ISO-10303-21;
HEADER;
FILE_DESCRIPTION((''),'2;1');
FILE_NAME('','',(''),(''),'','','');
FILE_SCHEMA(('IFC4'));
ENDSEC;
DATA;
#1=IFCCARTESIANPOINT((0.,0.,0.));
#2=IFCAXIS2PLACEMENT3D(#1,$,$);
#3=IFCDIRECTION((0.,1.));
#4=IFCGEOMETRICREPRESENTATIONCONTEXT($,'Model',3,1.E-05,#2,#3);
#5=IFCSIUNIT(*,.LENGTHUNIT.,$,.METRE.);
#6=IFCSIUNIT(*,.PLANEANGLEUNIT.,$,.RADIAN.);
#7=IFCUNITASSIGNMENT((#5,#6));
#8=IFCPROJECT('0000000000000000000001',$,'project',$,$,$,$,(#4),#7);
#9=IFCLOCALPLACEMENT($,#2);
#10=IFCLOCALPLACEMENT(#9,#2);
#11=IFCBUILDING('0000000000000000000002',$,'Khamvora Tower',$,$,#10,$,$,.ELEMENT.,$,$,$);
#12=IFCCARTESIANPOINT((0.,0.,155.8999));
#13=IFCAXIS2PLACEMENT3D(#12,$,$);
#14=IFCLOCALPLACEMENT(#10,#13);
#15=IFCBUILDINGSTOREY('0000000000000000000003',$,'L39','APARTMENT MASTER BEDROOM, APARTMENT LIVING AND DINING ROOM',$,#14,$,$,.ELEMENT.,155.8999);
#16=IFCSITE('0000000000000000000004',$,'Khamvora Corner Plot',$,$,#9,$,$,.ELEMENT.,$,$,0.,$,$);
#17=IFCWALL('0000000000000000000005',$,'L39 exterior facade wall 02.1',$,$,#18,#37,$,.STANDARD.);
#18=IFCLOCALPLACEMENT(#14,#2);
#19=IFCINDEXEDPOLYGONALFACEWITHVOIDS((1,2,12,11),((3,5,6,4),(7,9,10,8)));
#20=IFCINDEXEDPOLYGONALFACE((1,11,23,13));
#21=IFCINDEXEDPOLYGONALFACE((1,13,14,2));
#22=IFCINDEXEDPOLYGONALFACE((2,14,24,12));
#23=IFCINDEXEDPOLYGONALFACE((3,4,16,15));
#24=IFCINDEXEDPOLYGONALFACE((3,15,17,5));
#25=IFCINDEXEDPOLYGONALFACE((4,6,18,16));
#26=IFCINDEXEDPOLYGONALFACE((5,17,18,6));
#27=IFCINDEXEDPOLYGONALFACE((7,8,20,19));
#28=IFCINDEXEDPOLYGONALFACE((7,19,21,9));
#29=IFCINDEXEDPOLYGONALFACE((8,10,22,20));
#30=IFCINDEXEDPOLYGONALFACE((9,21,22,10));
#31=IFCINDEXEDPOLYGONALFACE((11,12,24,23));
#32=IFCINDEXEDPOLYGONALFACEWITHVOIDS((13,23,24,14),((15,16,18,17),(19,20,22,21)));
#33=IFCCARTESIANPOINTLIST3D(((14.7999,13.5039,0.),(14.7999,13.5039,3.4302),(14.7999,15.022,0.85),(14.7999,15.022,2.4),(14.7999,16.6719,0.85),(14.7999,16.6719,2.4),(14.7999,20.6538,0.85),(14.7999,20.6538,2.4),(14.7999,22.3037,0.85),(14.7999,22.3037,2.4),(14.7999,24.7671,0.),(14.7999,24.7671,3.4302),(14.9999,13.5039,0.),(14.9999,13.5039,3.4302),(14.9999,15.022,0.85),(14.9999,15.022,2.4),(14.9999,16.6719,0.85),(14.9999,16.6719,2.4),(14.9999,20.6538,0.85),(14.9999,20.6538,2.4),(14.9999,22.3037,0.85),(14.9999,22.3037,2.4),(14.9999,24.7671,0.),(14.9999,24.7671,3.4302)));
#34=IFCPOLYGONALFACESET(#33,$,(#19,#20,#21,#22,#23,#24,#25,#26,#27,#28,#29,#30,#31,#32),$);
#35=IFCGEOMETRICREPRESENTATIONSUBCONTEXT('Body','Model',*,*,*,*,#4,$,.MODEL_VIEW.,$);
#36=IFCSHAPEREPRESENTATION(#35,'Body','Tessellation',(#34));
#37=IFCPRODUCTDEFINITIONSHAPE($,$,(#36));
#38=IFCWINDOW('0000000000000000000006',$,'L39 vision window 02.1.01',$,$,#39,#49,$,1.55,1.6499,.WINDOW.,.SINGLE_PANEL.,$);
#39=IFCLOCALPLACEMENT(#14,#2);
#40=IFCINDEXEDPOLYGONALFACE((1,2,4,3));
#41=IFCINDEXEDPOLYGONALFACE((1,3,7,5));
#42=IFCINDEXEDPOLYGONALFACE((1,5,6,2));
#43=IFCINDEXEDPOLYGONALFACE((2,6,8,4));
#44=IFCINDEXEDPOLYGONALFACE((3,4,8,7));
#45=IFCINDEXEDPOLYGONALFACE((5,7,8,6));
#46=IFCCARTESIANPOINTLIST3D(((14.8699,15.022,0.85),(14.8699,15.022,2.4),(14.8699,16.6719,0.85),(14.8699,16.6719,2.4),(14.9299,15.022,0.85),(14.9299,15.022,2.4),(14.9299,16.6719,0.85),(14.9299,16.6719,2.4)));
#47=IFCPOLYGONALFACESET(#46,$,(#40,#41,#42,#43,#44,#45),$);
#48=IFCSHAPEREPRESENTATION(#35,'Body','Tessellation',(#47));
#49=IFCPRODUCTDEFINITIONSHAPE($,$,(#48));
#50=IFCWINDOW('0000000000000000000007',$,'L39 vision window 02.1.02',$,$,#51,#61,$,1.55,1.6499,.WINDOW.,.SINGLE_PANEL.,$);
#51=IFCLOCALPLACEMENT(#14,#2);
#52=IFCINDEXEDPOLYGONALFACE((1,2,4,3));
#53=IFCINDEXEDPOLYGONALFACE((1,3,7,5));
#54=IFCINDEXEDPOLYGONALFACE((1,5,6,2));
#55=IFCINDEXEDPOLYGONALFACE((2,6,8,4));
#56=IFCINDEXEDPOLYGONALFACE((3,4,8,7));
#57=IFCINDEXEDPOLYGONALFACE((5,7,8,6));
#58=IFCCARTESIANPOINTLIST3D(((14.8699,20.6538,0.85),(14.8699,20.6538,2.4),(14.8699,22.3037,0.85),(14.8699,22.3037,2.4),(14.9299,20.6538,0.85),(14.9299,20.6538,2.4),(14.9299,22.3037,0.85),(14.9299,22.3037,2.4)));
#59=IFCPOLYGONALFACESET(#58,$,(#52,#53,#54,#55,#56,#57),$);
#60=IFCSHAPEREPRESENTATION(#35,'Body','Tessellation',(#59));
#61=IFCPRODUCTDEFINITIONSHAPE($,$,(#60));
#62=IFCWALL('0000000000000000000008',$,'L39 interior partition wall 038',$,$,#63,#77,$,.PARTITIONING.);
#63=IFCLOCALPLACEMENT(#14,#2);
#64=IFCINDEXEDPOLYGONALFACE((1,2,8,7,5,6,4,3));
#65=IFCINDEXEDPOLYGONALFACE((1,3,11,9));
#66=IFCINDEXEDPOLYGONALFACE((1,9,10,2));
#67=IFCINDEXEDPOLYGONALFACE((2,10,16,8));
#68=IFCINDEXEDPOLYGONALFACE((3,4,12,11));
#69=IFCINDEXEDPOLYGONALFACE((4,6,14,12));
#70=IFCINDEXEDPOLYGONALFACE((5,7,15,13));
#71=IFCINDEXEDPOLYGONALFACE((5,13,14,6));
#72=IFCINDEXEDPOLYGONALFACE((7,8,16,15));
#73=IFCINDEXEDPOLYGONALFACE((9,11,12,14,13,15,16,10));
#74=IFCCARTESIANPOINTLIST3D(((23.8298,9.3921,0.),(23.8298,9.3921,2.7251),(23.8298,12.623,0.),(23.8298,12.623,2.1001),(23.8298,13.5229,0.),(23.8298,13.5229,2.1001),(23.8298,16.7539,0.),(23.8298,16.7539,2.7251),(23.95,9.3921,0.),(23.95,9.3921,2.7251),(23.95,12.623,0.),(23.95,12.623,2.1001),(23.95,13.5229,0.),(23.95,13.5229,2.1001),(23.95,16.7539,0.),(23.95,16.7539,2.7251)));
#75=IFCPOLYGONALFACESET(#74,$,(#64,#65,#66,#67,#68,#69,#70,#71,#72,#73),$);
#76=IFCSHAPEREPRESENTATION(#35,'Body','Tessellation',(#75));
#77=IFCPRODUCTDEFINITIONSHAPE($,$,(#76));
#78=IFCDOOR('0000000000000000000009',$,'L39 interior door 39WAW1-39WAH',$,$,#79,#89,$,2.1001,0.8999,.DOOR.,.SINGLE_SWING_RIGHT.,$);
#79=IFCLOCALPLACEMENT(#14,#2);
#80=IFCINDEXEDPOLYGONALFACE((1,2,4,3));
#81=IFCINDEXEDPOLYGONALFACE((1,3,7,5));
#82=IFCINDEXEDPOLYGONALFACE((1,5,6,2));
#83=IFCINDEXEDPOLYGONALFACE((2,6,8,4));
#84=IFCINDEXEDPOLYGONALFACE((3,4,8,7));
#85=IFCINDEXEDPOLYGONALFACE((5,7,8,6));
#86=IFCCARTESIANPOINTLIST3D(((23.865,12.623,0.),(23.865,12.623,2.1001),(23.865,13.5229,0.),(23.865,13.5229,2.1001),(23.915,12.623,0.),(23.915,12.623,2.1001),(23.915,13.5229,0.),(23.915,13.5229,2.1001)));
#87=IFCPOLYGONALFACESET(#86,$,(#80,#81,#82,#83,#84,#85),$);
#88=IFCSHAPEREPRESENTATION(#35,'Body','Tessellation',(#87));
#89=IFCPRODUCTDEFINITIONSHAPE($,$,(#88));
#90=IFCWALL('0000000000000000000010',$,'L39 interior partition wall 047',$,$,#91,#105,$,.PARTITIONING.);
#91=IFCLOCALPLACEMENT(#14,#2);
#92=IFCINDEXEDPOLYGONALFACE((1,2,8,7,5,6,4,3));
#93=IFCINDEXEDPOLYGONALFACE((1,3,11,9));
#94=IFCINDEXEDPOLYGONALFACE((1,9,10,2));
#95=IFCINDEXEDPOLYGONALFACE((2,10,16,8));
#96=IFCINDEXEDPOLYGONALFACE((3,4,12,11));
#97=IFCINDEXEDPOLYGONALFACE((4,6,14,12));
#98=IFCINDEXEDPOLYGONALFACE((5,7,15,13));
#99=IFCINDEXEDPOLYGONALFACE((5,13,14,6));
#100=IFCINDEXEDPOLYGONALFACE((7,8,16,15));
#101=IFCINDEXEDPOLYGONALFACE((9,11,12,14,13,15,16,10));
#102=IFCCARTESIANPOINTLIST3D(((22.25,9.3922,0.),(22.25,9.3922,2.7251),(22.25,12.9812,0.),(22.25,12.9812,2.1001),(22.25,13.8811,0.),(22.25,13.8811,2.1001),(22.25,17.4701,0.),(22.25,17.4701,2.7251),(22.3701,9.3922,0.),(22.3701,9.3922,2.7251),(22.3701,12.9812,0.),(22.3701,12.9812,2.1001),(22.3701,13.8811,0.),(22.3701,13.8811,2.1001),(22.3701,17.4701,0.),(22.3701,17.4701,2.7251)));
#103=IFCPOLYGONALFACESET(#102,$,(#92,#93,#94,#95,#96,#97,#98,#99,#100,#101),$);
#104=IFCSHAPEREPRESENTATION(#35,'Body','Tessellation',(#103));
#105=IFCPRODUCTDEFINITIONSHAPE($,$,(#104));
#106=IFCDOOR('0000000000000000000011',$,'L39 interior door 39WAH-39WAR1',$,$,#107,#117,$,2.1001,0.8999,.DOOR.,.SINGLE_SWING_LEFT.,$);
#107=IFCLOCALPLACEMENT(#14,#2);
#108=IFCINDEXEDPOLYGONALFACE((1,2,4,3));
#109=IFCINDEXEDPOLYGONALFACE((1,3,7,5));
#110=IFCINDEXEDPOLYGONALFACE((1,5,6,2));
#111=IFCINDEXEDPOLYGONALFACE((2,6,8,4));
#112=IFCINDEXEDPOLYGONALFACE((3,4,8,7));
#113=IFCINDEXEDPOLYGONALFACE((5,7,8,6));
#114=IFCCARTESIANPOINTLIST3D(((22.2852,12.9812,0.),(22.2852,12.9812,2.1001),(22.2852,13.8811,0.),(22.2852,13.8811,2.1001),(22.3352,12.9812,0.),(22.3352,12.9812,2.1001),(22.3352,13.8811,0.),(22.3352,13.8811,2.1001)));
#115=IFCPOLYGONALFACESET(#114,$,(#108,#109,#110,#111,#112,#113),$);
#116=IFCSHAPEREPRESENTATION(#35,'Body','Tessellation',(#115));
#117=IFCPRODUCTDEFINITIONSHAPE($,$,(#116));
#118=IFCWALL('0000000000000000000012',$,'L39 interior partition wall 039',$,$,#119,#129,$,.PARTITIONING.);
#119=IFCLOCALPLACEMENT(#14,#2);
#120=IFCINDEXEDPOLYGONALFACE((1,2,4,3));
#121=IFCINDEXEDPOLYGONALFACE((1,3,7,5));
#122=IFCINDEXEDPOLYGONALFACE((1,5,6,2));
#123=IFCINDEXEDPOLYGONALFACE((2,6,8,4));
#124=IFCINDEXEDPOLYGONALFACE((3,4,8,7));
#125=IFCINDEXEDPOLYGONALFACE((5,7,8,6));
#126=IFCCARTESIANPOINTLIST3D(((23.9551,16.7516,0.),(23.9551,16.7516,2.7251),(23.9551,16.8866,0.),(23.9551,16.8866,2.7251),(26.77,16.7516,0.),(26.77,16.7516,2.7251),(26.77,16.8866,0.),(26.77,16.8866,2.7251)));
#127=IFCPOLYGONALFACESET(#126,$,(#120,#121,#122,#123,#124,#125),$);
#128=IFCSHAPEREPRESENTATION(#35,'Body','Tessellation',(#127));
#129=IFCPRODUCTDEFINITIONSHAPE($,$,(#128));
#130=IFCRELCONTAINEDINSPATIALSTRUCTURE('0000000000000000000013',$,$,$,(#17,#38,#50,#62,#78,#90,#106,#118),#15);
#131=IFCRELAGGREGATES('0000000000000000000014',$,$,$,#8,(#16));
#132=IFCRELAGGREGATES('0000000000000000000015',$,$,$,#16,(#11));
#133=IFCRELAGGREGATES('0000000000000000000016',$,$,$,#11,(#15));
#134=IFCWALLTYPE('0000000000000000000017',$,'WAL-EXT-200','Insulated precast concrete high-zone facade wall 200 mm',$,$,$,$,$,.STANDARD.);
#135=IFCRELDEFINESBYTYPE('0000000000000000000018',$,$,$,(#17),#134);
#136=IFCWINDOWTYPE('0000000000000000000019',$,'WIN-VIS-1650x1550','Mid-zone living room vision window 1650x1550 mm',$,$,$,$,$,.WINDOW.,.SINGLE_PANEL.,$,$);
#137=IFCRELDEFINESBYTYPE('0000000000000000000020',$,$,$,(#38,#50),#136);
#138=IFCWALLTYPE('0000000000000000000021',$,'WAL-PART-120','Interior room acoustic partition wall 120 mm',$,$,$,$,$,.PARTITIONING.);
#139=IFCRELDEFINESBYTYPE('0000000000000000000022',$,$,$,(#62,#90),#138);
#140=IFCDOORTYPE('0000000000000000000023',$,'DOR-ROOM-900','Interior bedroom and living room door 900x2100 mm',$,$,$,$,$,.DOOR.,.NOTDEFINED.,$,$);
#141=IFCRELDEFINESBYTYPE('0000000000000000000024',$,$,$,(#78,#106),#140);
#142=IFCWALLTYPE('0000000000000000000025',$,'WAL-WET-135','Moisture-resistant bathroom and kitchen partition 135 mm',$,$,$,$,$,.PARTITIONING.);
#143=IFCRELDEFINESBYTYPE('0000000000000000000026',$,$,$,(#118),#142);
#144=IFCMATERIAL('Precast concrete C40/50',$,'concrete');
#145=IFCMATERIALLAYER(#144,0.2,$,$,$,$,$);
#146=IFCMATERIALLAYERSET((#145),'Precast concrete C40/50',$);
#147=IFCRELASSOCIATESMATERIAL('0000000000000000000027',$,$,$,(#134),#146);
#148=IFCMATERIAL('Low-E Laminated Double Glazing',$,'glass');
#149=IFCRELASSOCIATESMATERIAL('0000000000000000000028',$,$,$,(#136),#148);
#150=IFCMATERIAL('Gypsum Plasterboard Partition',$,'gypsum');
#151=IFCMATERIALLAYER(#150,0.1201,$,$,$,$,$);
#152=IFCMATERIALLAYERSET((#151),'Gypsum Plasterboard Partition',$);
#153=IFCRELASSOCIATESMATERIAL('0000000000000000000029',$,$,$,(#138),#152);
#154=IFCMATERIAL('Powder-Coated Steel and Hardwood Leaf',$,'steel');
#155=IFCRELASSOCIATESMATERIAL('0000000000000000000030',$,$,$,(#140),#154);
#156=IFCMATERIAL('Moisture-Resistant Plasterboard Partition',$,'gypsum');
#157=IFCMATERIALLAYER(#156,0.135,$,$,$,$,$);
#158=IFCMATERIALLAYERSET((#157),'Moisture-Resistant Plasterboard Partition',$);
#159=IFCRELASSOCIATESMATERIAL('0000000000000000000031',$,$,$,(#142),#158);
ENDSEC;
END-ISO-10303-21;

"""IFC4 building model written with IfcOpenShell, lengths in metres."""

from ifc_helpers import new_model, si_unit, direction, frame, frame_2d, origin, place, context, subcontext, project, spatial, rectangle, extrude, material, layer, layer_set, type_object, element, fill, save


model = new_model("IFC4")

# Units and contexts
model_context = context("Model", 3, precision=1e-05, world=origin(), true_north=direction((0.0, 1.0)))
body_context = subcontext(model_context, "Body", "Model", "MODEL_VIEW")
ifc_project = project(units=[si_unit("LENGTHUNIT", "METRE"), si_unit("PLANEANGLEUNIT", "RADIAN")], contexts=[model_context])

# Site, building, storey
site_placement = place(None, origin())
site = spatial("IfcSite", under=ifc_project, at=site_placement, Name="Khamvora Corner Plot", CompositionType="ELEMENT", RefElevation=0.0)
building_placement = place(site_placement, origin())
building = spatial("IfcBuilding", under=site, at=building_placement, Name="Khamvora Tower", CompositionType="ELEMENT")
storey_placement = place(building_placement, frame((0.0, 0.0, 155.8999)))
storey = spatial("IfcBuildingStorey", under=building, at=storey_placement, Name="L39", Description="APARTMENT MASTER BEDROOM, APARTMENT LIVING AND DINING ROOM", CompositionType="ELEMENT", Elevation=155.8999)

# Shared definitions
ifc_material_1 = material(Name="Precast concrete C40/50", Category="concrete")
ifc_layer_1 = layer(ifc_material_1, 0.2)
ifc_layer_set_1 = layer_set([ifc_layer_1], Name="Precast concrete C40/50")
wall_type_1 = type_object("IfcWallType", Name="WAL-EXT-200", Description="Insulated precast concrete high-zone facade wall 200 mm", PredefinedType="STANDARD", material=ifc_layer_set_1)

# Wall, openings, windows
wall_1_placement = place(storey_placement, frame((14.8999, 13.5039, 0.0), z_axis=(0.0, 0.0, 1.0), x_axis=(0.0, 1.0, 0.0)))
wall_1 = element("IfcWall", 1, at=wall_1_placement, inside=storey, type_object=wall_type_1, Name="L39 exterior facade wall 02.1", PredefinedType="STANDARD", context=body_context, shape_type="SweptSolid", body=[
    extrude(rectangle(XDim=11.2632, YDim=0.2, at=frame_2d((5.6316, 0.0))), origin(), (0.0, 0.0, 1.0), 3.4302),
])
opening_1_placement = place(wall_1_placement, frame((1.5181, 0.0, 0.8501)))
opening_1 = element("IfcOpeningElement", 2, at=opening_1_placement, cuts=wall_1, PredefinedType="OPENING", context=body_context, shape_type="SweptSolid", body=[
    extrude(rectangle(XDim=1.6499, YDim=1.55, at=frame_2d((0.825, 0.7749))), frame((0.0, 0.1099, 0.0), z_axis=(0.0, -1.0, 0.0), x_axis=(1.0, 0.0, 0.0)), (0.0, 0.0, 1.0), 0.22),
])
opening_2_placement = place(wall_1_placement, frame((7.1499, 0.0, 0.8501)))
opening_2 = element("IfcOpeningElement", 3, at=opening_2_placement, cuts=wall_1, PredefinedType="OPENING", context=body_context, shape_type="SweptSolid", body=[
    extrude(rectangle(XDim=1.6499, YDim=1.55, at=frame_2d((0.825, 0.7749))), frame((0.0, 0.1099, 0.0), z_axis=(0.0, -1.0, 0.0), x_axis=(1.0, 0.0, 0.0)), (0.0, 0.0, 1.0), 0.22),
])
ifc_material_2 = material(Name="Low-E Laminated Double Glazing", Category="glass")
window_type = type_object("IfcWindowType", Name="WIN-VIS-1650x1550", Description="Mid-zone living room vision window 1650x1550 mm", PartitioningType="SINGLE_PANEL", PredefinedType="WINDOW", material=ifc_material_2)
window_1_placement = place(opening_1_placement, origin())
window_1 = element("IfcWindow", 4, at=window_1_placement, inside=storey, type_object=window_type, Name="L39 vision window 02.1.01", OverallHeight=1.55, OverallWidth=1.6499, PartitioningType="SINGLE_PANEL", PredefinedType="WINDOW", context=body_context, shape_type="SweptSolid", body=[
    extrude(rectangle(XDim=1.6499, YDim=1.55, at=frame_2d((0.825, 0.7749))), frame((0.0, 0.03, 0.0), z_axis=(0.0, -1.0, 0.0), x_axis=(1.0, 0.0, 0.0)), (0.0, 0.0, 1.0), 0.0601),
])
fill(opening_1, window_1)
window_2_placement = place(opening_2_placement, origin())
window_2 = element("IfcWindow", 5, at=window_2_placement, inside=storey, type_object=window_type, Name="L39 vision window 02.1.02", OverallHeight=1.55, OverallWidth=1.6499, PartitioningType="SINGLE_PANEL", PredefinedType="WINDOW", context=body_context, shape_type="SweptSolid", body=[
    extrude(rectangle(XDim=1.6499, YDim=1.55, at=frame_2d((0.825, 0.7749))), frame((0.0, 0.03, 0.0), z_axis=(0.0, -1.0, 0.0), x_axis=(1.0, 0.0, 0.0)), (0.0, 0.0, 1.0), 0.0601),
])
fill(opening_2, window_2)

# Walls, openings, doors
ifc_material_3 = material(Name="Gypsum Plasterboard Partition", Category="gypsum")
ifc_layer_2 = layer(ifc_material_3, 0.1201)
ifc_layer_set_2 = layer_set([ifc_layer_2], Name="Gypsum Plasterboard Partition")
wall_type_2 = type_object("IfcWallType", Name="WAL-PART-120", Description="Interior room acoustic partition wall 120 mm", PredefinedType="PARTITIONING", material=ifc_layer_set_2)
wall_2_placement = place(storey_placement, frame((23.8899, 9.3921, 0.0), z_axis=(0.0, 0.0, 1.0), x_axis=(0.0, 1.0, 0.0)))
wall_2 = element("IfcWall", 6, at=wall_2_placement, inside=storey, type_object=wall_type_2, Name="L39 interior partition wall 038", PredefinedType="PARTITIONING", context=body_context, shape_type="SweptSolid", body=[
    extrude(rectangle(XDim=7.3618, YDim=0.1201, at=frame_2d((3.6809, 0.0))), origin(), (0.0, 0.0, 1.0), 2.7251),
])
opening_3_placement = place(wall_2_placement, frame((3.231, 0.0, 0.0)))
opening_3 = element("IfcOpeningElement", 7, at=opening_3_placement, cuts=wall_2, PredefinedType="OPENING", context=body_context, shape_type="SweptSolid", body=[
    extrude(rectangle(XDim=0.8999, YDim=2.1001, at=frame_2d((0.45, 1.05))), frame((0.0, 0.0701, 0.0), z_axis=(0.0, -1.0, 0.0), x_axis=(1.0, 0.0, 0.0)), (0.0, 0.0, 1.0), 0.1401),
])
ifc_material_4 = material(Name="Powder-Coated Steel and Hardwood Leaf", Category="steel")
door_type = type_object("IfcDoorType", Name="DOR-ROOM-900", Description="Interior bedroom and living room door 900x2100 mm", OperationType="NOTDEFINED", PredefinedType="DOOR", material=ifc_material_4)
door_1_placement = place(opening_3_placement, origin())
door_1 = element("IfcDoor", 8, at=door_1_placement, inside=storey, type_object=door_type, Name="L39 interior door 39WAW1-39WAH", OperationType="SINGLE_SWING_RIGHT", OverallHeight=2.1001, OverallWidth=0.8999, PredefinedType="DOOR", context=body_context, shape_type="SweptSolid", body=[
    extrude(rectangle(XDim=0.8999, YDim=2.1001, at=frame_2d((0.45, 1.05))), frame((0.0, 0.0249, 0.0), z_axis=(0.0, -1.0, 0.0), x_axis=(1.0, 0.0, 0.0)), (0.0, 0.0, 1.0), 0.05),
])
fill(opening_3, door_1)
wall_3_placement = place(storey_placement, frame((22.3101, 9.3921, 0.0), z_axis=(0.0, 0.0, 1.0), x_axis=(0.0, 1.0, 0.0)))
wall_3 = element("IfcWall", 9, at=wall_3_placement, inside=storey, type_object=wall_type_2, Name="L39 interior partition wall 047", PredefinedType="PARTITIONING", context=body_context, shape_type="SweptSolid", body=[
    extrude(rectangle(XDim=8.0779, YDim=0.1201, at=frame_2d((4.0391, 0.0))), origin(), (0.0, 0.0, 1.0), 2.7251),
])
opening_4_placement = place(wall_3_placement, frame((3.5891, 0.0, 0.0)))
opening_4 = element("IfcOpeningElement", 10, at=opening_4_placement, cuts=wall_3, PredefinedType="OPENING", context=body_context, shape_type="SweptSolid", body=[
    extrude(rectangle(XDim=0.8999, YDim=2.1001, at=frame_2d((0.45, 1.05))), frame((0.0, 0.0701, 0.0), z_axis=(0.0, -1.0, 0.0), x_axis=(1.0, 0.0, 0.0)), (0.0, 0.0, 1.0), 0.1401),
])
door_2_placement = place(opening_4_placement, origin())
door_2 = element("IfcDoor", 11, at=door_2_placement, inside=storey, type_object=door_type, Name="L39 interior door 39WAH-39WAR1", OperationType="SINGLE_SWING_LEFT", OverallHeight=2.1001, OverallWidth=0.8999, PredefinedType="DOOR", context=body_context, shape_type="SweptSolid", body=[
    extrude(rectangle(XDim=0.8999, YDim=2.1001, at=frame_2d((0.45, 1.05))), frame((0.0, 0.0249, 0.0), z_axis=(0.0, -1.0, 0.0), x_axis=(1.0, 0.0, 0.0)), (0.0, 0.0, 1.0), 0.05),
])
fill(opening_4, door_2)

# Wall
ifc_material_5 = material(Name="Moisture-Resistant Plasterboard Partition", Category="gypsum")
ifc_layer_3 = layer(ifc_material_5, 0.135)
ifc_layer_set_3 = layer_set([ifc_layer_3], Name="Moisture-Resistant Plasterboard Partition")
wall_type_3 = type_object("IfcWallType", Name="WAL-WET-135", Description="Moisture-resistant bathroom and kitchen partition 135 mm", PredefinedType="PARTITIONING", material=ifc_layer_set_3)
wall_4_placement = place(storey_placement, frame((23.9551, 16.8191, 0.0), z_axis=(0.0, 0.0, 1.0), x_axis=(1.0, 0.0, 0.0)))
element("IfcWall", 12, at=wall_4_placement, inside=storey, type_object=wall_type_3, Name="L39 interior partition wall 039", PredefinedType="PARTITIONING", context=body_context, shape_type="SweptSolid", body=[
    extrude(rectangle(XDim=2.8149, YDim=0.135, at=frame_2d((1.4075, 0.0))), origin(), (0.0, 0.0, 1.0), 2.7251),
])

save(model, "model.ifc")
